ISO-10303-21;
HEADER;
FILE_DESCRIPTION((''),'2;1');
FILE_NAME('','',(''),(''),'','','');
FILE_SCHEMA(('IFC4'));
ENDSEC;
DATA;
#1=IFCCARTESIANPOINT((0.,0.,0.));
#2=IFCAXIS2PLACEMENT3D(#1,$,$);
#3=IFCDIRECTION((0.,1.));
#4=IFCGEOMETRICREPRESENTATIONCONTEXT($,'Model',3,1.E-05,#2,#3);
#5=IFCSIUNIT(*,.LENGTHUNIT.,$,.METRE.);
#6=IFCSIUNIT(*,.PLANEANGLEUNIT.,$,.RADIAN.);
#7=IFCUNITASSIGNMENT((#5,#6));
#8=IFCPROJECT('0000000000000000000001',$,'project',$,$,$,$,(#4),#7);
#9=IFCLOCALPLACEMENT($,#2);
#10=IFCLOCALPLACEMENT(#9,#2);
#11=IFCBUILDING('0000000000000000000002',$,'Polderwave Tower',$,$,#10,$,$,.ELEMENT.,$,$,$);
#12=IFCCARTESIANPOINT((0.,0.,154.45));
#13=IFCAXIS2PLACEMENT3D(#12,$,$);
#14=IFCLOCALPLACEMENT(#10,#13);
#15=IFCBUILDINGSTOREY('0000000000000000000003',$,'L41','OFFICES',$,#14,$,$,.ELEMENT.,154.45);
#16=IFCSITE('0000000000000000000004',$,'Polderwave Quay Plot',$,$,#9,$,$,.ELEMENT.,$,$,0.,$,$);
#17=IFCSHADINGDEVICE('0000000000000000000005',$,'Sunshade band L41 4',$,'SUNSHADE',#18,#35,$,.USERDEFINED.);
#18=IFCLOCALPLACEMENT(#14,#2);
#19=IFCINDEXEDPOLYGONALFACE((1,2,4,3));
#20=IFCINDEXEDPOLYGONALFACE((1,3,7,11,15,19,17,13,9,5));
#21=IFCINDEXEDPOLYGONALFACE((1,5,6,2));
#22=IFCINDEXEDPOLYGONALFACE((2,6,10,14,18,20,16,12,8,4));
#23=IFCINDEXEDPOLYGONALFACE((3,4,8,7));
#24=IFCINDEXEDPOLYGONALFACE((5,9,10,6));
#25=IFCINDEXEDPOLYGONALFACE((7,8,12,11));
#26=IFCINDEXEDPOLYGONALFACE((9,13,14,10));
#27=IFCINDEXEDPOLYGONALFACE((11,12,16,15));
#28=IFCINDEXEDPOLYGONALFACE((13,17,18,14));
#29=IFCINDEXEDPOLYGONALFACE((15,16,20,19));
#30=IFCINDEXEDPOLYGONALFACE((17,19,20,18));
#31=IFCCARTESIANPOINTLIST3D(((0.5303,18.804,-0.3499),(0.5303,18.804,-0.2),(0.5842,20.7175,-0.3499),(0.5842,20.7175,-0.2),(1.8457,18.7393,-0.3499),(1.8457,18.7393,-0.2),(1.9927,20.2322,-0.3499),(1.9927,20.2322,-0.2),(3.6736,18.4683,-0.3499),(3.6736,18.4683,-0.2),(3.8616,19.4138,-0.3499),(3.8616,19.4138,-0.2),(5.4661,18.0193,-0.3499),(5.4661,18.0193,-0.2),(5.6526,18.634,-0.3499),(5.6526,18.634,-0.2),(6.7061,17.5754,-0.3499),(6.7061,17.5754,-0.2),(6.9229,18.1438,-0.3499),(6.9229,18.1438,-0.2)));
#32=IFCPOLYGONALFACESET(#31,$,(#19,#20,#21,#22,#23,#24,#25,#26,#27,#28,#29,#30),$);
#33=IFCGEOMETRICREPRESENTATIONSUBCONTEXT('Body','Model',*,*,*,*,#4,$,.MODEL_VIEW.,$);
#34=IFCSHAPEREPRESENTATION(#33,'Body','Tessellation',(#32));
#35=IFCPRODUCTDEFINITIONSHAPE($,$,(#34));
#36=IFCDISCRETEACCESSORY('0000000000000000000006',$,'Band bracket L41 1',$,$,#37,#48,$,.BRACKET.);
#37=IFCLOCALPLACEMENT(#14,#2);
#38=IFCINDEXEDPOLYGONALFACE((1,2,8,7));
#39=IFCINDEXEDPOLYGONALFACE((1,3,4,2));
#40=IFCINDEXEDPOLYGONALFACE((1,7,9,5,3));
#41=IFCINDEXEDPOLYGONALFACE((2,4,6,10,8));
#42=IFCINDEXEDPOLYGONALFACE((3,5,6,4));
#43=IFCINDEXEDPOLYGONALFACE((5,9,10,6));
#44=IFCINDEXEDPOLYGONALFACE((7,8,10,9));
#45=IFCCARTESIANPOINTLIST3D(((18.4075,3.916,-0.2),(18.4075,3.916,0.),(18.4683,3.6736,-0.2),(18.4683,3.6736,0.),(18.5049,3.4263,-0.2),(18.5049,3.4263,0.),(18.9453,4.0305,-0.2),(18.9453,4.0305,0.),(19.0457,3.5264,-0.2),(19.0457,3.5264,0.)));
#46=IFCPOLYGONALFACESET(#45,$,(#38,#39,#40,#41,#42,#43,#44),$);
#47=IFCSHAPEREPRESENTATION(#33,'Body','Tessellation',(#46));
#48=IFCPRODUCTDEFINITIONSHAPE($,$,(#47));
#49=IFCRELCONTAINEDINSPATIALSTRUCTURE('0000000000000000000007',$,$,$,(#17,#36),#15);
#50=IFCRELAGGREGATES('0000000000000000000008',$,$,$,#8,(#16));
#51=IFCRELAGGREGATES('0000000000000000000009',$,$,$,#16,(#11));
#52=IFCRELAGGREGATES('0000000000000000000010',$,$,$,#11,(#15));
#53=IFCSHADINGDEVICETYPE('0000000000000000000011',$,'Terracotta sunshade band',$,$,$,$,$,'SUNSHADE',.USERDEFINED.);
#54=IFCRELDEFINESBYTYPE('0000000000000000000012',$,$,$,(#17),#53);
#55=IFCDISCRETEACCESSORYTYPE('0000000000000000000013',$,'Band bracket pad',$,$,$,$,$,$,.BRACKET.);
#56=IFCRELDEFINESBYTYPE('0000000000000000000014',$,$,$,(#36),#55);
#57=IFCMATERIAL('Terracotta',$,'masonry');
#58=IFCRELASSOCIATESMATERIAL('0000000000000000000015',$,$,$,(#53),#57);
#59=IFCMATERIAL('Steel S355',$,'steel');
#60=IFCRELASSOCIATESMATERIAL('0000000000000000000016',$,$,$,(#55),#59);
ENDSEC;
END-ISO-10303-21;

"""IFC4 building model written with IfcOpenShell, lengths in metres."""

from ifc_helpers import new_model, si_unit, direction, frame, origin, place, context, subcontext, project, spatial, polyline, outline, extrude, material, type_object, element, save


model = new_model("IFC4")

# Units and contexts
model_context = context("Model", 3, precision=1e-05, world=origin(), true_north=direction((0.0, 1.0)))
body_context = subcontext(model_context, "Body", "Model", "MODEL_VIEW")
ifc_project = project(units=[si_unit("LENGTHUNIT", "METRE"), si_unit("PLANEANGLEUNIT", "RADIAN")], contexts=[model_context])

# Site, building, storey
site_placement = place(None, origin())
site = spatial("IfcSite", under=ifc_project, at=site_placement, Name="Polderwave Quay Plot", CompositionType="ELEMENT", RefElevation=0.0)
building_placement = place(site_placement, origin())
building = spatial("IfcBuilding", under=site, at=building_placement, Name="Polderwave Tower", CompositionType="ELEMENT")
storey_placement = place(building_placement, frame((0.0, 0.0, 154.45)))
storey = spatial("IfcBuildingStorey", under=building, at=storey_placement, Name="L41", Description="OFFICES", CompositionType="ELEMENT", Elevation=154.45)

# Shading device
ifc_material_1 = material(Name="Terracotta", Category="masonry")
shading_device_type = type_object("IfcShadingDeviceType", Name="Terracotta sunshade band", ElementType="SUNSHADE", PredefinedType="USERDEFINED", material=ifc_material_1)
shading_device_1_placement = place(storey_placement, frame((0.0, 0.0, -0.3499)))
element("IfcShadingDevice", 1, at=shading_device_1_placement, inside=storey, type_object=shading_device_type, Name="Sunshade band L41 4", ObjectType="SUNSHADE", PredefinedType="USERDEFINED", context=body_context, shape_type="SweptSolid", body=[
    extrude(outline(polyline([(6.7061, 17.5754), (5.4661, 18.0193), (3.6736, 18.4683), (1.8457, 18.7393), (0.5303, 18.804), (0.5842, 20.7175), (1.9927, 20.2322), (3.8616, 19.4138), (5.6526, 18.634), (6.9229, 18.1438), (6.7061, 17.5754)])), origin(), (0.0, 0.0, 1.0), 0.1499),
])

# Discrete accessory
ifc_material_2 = material(Name="Steel S355", Category="steel")
discrete_accessory_type = type_object("IfcDiscreteAccessoryType", Name="Band bracket pad", PredefinedType="BRACKET", material=ifc_material_2)
discrete_accessory_placement = place(storey_placement, frame((0.0, 0.0, -0.2)))
element("IfcDiscreteAccessory", 2, at=discrete_accessory_placement, inside=storey, type_object=discrete_accessory_type, Name="Band bracket L41 1", PredefinedType="BRACKET", context=body_context, shape_type="SweptSolid", body=[
    extrude(outline(polyline([(18.5049, 3.4263), (18.4683, 3.6736), (18.4075, 3.916), (18.9453, 4.0305), (19.0457, 3.5264), (18.5049, 3.4263)])), origin(), (0.0, 0.0, 1.0), 0.2),
])

save(model, "model.ifc")
